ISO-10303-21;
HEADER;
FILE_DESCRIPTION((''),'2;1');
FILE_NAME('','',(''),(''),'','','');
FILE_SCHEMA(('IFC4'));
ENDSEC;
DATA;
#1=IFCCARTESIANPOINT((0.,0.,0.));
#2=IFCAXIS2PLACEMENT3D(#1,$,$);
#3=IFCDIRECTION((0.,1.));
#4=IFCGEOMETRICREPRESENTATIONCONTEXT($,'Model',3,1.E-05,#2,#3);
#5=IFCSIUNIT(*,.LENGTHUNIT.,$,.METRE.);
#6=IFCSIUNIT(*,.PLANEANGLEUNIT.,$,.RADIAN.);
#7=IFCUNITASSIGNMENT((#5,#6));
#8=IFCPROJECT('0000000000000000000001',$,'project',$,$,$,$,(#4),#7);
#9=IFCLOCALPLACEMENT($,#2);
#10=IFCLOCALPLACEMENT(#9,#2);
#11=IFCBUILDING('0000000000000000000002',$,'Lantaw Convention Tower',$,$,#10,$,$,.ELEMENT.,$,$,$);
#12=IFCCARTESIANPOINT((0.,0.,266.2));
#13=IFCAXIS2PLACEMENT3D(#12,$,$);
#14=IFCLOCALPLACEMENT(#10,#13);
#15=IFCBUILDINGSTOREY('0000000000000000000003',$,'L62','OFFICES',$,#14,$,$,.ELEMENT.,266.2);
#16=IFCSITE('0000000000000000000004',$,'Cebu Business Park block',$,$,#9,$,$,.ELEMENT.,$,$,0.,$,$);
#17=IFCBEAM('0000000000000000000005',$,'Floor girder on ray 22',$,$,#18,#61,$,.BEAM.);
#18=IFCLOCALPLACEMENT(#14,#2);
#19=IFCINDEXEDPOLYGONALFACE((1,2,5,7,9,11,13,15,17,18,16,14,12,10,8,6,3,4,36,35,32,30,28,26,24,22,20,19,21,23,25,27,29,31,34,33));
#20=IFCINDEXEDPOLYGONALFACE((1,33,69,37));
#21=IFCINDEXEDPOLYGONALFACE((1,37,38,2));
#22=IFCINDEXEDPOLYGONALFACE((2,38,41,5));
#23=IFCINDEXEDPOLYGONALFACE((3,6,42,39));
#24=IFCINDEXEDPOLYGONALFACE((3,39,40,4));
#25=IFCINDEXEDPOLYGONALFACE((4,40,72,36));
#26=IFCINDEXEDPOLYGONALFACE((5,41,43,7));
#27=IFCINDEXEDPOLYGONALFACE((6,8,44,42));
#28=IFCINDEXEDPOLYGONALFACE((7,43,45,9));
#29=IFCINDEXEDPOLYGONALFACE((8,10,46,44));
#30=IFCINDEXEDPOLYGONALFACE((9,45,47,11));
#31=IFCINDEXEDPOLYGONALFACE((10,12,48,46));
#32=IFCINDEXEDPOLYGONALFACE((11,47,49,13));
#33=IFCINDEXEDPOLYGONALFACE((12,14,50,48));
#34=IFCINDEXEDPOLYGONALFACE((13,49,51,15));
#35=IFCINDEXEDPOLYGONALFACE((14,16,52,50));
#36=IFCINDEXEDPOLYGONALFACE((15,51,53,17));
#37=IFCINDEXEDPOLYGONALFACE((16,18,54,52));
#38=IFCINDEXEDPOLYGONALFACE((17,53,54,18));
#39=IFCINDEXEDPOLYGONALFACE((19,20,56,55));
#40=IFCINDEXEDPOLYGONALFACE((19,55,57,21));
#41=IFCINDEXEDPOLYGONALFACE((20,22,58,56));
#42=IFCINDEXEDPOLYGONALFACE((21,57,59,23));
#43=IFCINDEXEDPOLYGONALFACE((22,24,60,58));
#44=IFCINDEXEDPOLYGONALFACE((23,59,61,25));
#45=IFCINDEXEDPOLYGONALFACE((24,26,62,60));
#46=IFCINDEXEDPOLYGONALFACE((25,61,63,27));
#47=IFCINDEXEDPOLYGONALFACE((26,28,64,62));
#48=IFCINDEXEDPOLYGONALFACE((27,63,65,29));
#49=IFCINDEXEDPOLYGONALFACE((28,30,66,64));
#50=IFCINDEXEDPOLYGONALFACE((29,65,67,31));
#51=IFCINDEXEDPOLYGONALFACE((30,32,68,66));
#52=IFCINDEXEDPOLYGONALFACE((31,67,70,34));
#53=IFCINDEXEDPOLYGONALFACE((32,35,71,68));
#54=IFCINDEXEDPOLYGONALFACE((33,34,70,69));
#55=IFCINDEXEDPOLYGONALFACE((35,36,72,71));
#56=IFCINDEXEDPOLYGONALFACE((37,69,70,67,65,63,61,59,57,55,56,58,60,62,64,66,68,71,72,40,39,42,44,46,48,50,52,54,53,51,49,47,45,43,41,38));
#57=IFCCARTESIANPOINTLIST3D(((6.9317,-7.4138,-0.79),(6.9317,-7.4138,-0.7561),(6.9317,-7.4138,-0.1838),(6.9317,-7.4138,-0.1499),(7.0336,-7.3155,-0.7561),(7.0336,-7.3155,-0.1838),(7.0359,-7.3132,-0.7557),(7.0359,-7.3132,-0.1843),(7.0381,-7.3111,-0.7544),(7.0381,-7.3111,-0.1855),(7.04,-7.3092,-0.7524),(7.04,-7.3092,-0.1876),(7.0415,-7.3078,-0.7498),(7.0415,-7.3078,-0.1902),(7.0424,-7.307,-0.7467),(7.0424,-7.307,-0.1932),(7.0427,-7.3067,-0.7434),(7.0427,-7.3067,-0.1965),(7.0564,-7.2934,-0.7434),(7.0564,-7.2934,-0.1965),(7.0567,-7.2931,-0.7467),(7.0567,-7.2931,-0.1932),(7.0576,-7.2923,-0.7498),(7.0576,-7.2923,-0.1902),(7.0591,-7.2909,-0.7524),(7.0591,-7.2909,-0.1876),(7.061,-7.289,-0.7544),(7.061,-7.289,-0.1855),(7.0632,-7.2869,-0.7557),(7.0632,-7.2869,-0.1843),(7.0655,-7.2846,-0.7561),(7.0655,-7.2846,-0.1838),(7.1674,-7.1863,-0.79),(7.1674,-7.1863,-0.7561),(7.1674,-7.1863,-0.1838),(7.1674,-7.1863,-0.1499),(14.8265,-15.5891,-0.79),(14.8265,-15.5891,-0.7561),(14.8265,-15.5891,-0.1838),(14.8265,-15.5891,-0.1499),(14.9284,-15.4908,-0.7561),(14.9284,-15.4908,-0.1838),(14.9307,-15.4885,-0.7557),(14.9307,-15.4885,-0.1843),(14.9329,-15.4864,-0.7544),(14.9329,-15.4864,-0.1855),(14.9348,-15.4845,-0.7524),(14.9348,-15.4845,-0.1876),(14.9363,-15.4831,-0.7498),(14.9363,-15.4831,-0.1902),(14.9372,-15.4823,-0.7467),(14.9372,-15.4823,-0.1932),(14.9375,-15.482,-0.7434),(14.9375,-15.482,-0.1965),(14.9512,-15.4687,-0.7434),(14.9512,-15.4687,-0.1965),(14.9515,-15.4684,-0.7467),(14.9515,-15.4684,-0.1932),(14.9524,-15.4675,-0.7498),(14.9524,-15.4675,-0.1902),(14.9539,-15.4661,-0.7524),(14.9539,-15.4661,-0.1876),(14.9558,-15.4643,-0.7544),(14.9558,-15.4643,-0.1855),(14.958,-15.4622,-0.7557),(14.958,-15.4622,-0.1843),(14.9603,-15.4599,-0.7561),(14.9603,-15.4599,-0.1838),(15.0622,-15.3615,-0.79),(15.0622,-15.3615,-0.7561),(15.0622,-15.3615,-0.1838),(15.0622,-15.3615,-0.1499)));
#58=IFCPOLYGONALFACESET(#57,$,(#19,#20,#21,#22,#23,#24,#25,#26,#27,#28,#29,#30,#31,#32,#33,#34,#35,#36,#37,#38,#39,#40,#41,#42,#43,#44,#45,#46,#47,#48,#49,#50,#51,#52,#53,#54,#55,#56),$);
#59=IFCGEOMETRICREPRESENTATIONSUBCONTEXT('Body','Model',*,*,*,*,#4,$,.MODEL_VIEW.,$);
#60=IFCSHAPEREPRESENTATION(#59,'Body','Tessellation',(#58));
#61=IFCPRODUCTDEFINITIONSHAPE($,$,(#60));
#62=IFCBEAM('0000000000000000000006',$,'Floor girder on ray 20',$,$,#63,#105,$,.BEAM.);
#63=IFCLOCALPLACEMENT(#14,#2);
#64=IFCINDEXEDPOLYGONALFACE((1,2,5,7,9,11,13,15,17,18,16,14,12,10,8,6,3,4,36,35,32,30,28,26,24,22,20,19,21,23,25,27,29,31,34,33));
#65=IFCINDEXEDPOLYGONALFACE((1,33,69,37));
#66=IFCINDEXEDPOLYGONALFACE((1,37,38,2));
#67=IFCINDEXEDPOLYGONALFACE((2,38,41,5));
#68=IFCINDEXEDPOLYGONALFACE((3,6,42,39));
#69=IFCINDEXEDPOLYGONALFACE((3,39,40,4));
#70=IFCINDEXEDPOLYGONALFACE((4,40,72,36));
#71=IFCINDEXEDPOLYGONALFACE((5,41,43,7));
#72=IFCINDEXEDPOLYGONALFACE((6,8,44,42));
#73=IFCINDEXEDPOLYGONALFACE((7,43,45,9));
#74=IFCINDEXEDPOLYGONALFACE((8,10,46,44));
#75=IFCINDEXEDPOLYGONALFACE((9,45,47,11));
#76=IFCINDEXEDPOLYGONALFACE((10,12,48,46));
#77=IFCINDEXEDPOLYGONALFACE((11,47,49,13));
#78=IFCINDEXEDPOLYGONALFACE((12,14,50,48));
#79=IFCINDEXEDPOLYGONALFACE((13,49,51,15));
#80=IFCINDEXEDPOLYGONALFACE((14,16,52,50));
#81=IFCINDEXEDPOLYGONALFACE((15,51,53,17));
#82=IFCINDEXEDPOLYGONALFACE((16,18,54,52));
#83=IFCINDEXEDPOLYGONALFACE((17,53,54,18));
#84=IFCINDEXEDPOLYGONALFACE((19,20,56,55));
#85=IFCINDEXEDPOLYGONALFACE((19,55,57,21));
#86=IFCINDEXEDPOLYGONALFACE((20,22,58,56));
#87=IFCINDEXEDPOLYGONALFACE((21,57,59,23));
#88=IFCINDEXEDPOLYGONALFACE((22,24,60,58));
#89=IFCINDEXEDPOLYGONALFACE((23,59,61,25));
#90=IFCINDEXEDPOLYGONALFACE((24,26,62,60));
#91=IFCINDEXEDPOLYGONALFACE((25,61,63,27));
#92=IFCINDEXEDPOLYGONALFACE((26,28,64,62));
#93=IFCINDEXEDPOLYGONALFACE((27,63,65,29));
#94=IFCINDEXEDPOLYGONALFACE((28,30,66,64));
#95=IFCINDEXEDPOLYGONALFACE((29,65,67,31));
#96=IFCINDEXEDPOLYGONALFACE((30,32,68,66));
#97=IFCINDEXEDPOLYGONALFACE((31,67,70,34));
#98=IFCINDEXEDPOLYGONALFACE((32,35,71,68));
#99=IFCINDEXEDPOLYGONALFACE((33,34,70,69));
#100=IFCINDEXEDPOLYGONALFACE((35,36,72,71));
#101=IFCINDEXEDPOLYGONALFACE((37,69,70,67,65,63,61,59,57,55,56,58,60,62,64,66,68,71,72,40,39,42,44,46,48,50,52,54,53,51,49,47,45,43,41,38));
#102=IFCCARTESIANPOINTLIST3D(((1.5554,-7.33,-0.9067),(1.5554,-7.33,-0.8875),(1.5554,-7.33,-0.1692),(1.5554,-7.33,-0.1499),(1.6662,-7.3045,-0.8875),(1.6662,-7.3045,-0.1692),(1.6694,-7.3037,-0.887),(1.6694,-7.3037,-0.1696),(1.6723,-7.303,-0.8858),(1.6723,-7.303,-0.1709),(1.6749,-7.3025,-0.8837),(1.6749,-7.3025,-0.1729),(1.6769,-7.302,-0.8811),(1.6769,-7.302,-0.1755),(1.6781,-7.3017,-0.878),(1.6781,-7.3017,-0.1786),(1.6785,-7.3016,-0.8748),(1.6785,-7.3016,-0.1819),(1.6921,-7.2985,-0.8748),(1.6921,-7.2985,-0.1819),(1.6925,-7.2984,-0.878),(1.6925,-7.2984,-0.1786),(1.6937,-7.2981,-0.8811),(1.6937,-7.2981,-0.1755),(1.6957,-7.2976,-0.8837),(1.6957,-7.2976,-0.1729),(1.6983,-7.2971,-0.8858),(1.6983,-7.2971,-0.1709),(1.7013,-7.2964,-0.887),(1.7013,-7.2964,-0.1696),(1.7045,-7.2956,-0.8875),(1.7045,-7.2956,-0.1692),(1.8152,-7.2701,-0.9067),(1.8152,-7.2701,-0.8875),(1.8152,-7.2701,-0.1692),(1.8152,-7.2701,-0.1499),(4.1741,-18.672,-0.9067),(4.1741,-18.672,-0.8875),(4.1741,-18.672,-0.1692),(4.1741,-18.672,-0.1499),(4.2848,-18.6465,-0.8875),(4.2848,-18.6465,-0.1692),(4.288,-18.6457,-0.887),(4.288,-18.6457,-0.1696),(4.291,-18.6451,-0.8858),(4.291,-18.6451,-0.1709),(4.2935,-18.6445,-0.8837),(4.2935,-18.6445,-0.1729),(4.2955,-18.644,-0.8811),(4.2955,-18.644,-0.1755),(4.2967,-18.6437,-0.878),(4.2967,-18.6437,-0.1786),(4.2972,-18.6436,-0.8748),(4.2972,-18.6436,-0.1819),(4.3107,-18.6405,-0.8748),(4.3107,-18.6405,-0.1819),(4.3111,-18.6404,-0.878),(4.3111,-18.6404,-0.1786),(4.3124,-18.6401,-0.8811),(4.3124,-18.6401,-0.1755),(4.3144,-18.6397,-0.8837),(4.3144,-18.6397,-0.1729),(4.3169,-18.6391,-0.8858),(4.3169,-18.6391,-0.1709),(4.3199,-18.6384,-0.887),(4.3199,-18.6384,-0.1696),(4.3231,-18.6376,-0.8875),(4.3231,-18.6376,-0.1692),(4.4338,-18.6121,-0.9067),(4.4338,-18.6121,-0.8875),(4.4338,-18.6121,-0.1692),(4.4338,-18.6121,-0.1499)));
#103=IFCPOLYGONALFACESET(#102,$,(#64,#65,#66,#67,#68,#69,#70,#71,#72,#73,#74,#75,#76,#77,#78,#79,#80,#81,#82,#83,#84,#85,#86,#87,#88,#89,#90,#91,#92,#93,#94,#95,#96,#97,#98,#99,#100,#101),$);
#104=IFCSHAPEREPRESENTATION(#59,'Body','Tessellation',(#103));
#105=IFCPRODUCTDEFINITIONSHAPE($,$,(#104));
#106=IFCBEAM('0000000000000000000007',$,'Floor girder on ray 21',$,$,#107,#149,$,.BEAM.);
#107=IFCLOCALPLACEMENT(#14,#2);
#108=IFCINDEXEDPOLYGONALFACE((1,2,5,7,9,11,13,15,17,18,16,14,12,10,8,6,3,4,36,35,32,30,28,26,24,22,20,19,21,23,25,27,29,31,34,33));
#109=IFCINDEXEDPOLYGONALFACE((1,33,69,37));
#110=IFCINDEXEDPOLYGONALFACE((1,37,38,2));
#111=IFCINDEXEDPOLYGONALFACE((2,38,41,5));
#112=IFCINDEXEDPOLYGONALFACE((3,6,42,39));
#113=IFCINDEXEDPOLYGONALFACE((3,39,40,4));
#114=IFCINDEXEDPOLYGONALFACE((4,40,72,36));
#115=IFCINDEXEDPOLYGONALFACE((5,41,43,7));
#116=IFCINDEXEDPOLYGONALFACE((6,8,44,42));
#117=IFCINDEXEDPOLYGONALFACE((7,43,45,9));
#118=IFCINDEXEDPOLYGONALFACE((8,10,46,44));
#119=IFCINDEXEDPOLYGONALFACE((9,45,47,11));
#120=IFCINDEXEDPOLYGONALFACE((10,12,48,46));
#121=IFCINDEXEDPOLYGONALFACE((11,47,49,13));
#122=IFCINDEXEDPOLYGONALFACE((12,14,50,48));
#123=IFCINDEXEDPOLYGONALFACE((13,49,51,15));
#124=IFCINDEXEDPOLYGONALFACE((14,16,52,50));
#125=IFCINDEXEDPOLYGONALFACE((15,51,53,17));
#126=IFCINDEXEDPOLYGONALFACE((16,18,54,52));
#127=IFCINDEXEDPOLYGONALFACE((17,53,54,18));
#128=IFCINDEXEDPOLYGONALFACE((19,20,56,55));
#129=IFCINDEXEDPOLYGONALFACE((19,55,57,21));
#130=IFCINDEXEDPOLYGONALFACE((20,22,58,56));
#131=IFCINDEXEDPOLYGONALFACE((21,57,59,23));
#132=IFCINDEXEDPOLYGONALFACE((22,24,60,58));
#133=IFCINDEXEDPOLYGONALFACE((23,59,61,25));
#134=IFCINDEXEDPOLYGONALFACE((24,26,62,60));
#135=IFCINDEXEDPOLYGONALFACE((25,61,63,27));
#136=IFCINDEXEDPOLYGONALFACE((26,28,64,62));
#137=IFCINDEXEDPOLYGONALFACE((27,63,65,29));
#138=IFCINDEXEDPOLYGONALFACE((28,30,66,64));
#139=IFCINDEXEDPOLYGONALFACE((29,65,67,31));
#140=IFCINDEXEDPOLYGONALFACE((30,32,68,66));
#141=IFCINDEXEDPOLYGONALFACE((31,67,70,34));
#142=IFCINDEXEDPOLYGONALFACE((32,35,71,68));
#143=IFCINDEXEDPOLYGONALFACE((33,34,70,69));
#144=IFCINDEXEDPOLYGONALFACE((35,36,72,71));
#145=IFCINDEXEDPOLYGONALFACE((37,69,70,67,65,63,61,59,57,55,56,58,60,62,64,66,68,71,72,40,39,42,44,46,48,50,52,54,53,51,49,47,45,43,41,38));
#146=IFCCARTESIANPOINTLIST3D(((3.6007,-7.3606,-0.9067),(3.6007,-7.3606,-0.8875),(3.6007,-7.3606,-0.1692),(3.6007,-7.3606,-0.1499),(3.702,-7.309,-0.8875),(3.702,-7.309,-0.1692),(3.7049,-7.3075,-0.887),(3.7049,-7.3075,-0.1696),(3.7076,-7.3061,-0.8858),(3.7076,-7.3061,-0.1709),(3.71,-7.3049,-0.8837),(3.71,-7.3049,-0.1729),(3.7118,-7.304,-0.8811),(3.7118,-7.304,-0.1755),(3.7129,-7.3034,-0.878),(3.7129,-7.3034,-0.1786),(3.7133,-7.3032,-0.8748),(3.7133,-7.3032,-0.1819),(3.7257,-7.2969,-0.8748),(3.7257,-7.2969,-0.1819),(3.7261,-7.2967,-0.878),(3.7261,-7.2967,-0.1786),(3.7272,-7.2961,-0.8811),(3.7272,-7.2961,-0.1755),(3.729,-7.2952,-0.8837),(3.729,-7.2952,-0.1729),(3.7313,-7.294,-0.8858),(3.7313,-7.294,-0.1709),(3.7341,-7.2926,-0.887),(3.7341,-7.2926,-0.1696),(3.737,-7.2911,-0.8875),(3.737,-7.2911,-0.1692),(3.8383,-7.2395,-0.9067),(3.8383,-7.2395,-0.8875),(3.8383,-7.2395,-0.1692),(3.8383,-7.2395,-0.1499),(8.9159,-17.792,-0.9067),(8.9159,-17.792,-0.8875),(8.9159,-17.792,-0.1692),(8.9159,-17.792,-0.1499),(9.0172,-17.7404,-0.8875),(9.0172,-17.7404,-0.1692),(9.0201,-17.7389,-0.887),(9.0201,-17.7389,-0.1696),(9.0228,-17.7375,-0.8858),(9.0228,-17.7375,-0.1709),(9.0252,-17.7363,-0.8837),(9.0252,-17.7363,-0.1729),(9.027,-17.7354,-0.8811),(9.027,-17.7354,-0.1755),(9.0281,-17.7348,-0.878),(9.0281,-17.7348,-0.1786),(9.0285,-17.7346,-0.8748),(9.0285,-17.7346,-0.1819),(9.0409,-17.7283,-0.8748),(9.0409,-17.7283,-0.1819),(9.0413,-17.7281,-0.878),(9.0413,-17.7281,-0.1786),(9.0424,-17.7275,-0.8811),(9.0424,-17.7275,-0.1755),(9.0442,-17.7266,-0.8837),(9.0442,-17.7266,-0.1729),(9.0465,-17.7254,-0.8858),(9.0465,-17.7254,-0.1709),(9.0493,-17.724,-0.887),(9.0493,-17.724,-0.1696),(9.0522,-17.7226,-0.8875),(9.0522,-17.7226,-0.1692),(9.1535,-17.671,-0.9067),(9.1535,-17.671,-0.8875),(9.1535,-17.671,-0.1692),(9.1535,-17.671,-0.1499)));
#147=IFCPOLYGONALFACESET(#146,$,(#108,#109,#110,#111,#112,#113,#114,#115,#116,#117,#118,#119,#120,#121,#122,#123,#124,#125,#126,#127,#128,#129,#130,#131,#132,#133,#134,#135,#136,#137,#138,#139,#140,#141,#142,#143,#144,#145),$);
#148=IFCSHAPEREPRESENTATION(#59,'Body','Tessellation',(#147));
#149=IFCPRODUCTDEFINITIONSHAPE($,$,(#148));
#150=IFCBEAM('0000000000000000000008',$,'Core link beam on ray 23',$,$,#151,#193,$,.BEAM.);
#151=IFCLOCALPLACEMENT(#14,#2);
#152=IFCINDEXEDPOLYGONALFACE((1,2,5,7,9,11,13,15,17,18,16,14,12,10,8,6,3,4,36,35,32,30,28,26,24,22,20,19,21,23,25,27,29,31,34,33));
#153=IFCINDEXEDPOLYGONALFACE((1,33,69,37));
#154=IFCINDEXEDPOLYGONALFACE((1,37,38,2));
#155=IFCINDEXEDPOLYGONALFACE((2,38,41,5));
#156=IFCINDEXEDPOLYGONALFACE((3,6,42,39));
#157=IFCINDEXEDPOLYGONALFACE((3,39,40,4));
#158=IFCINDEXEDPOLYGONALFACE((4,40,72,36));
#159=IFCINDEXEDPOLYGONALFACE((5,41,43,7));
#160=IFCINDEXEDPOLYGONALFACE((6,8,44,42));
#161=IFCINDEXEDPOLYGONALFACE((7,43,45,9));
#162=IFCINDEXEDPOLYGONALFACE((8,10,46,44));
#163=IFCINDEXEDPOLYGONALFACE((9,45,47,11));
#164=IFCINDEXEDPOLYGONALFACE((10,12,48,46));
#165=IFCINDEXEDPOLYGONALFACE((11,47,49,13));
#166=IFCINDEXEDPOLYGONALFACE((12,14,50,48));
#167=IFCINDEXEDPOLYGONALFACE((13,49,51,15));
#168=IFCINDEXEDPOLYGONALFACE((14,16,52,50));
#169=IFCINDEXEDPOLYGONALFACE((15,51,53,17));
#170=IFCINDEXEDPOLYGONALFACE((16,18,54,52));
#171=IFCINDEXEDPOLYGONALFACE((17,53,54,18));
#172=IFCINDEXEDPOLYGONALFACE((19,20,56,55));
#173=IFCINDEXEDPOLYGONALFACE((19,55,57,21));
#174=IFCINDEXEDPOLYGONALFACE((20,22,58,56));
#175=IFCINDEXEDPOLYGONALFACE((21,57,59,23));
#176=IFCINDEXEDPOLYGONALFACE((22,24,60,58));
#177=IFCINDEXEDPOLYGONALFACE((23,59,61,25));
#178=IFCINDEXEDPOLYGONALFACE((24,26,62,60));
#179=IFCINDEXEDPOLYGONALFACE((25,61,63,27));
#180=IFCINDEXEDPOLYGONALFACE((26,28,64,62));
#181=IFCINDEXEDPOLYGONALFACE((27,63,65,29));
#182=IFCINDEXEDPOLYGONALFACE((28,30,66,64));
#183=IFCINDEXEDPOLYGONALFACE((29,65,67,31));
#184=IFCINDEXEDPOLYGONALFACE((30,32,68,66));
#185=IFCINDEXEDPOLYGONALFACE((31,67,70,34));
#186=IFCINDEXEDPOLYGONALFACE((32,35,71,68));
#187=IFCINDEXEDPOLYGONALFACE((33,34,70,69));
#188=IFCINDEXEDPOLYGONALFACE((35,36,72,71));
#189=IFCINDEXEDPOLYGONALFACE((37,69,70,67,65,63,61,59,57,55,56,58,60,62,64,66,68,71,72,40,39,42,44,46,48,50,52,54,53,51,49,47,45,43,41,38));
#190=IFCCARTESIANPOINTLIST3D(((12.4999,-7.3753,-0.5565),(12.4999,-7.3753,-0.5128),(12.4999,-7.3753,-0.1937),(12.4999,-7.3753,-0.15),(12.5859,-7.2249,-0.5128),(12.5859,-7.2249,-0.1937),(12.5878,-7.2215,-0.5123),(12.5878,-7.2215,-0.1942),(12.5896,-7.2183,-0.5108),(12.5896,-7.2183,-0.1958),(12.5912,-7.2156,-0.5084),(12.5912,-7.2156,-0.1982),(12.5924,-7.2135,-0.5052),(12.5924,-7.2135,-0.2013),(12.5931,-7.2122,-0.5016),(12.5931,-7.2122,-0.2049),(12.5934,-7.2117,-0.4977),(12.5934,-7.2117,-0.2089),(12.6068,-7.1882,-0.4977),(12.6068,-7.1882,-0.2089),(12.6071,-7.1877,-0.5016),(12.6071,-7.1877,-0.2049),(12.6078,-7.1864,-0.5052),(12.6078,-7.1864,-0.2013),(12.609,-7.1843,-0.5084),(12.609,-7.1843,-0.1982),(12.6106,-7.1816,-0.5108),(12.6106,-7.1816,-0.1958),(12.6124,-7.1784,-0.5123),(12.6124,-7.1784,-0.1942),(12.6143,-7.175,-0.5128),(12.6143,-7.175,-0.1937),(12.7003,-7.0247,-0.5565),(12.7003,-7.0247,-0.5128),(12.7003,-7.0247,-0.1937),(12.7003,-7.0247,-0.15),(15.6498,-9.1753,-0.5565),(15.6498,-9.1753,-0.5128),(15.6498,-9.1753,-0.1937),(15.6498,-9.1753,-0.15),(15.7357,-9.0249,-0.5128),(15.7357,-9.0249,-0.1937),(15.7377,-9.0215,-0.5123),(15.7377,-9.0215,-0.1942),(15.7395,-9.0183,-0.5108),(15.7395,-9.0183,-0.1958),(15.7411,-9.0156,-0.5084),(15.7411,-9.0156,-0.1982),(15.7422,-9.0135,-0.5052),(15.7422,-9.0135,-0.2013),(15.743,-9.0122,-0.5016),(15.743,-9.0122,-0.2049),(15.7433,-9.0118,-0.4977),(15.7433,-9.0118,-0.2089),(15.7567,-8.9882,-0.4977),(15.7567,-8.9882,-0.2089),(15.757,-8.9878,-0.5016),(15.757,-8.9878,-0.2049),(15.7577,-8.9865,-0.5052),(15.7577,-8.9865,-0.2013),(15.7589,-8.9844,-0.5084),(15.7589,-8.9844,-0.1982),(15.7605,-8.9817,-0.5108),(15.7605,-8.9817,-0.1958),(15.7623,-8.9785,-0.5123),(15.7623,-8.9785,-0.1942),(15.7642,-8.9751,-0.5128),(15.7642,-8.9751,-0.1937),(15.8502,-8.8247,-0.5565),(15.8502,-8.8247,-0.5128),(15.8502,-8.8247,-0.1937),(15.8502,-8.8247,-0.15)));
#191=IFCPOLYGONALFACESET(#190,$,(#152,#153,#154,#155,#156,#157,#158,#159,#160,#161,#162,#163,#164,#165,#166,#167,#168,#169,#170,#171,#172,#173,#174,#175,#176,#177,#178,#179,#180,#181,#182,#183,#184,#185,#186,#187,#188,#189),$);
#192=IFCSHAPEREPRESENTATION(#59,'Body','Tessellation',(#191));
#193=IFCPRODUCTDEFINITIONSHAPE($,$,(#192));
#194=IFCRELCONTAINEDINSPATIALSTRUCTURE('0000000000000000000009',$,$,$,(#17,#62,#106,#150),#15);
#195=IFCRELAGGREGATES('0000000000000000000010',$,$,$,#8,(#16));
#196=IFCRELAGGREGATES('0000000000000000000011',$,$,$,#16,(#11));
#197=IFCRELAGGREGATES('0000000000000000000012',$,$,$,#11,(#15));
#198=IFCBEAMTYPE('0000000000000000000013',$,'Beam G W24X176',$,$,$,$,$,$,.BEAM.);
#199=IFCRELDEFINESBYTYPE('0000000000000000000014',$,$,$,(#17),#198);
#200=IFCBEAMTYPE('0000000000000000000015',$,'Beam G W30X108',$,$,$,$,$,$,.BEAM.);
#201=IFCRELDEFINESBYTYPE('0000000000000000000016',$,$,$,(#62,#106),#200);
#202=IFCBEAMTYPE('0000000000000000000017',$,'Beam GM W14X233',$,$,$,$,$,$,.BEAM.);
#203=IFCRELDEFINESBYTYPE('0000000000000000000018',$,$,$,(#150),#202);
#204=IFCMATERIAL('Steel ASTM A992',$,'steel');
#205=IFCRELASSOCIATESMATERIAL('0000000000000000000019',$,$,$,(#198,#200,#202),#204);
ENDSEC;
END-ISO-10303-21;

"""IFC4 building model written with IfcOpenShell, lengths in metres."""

from ifc_helpers import new_model, si_unit, direction, frame, origin, origin_2d, place, context, subcontext, project, spatial, i_section, extrude, material, material_profile, profile_set, type_object, element, save


model = new_model("IFC4")

# Units and contexts
model_context = context("Model", 3, precision=1e-05, world=origin(), true_north=direction((0.0, 1.0)))
body_context = subcontext(model_context, "Body", "Model", "MODEL_VIEW")
ifc_project = project(units=[si_unit("LENGTHUNIT", "METRE"), si_unit("PLANEANGLEUNIT", "RADIAN")], contexts=[model_context])

# Site, building, storey
site_placement = place(None, origin())
site = spatial("IfcSite", under=ifc_project, at=site_placement, Name="Cebu Business Park block", CompositionType="ELEMENT", RefElevation=0.0)
building_placement = place(site_placement, origin())
building = spatial("IfcBuilding", under=site, at=building_placement, Name="Lantaw Convention Tower", CompositionType="ELEMENT")
storey_placement = place(building_placement, frame((0.0, 0.0, 266.2)))
storey = spatial("IfcBuildingStorey", under=building, at=storey_placement, Name="L62", Description="OFFICES", CompositionType="ELEMENT", Elevation=266.2)

# Beams
ifc_material_1 = material(Name="Steel ASTM A992", Category="steel")
ifc_material_profile_1 = material_profile(ifc_material_1, i_section(OverallWidth=0.3276, OverallDepth=0.6401, WebThickness=0.019, FlangeThickness=0.0339, FilletRadius=0.0127, at=origin_2d()), Name="W24X176")
ifc_profile_set_1 = profile_set([ifc_material_profile_1], Name="Steel ASTM A992")
beam_type_1 = type_object("IfcBeamType", Name="Beam G W24X176", PredefinedType="BEAM", material=ifc_profile_set_1)
beam_1_placement = place(storey_placement, frame((7.0496, -7.3, -0.47), z_axis=(0.694658, -0.71934, 0.0), x_axis=(0.71934, 0.694658, 0.0)))
element("IfcBeam", 1, at=beam_1_placement, inside=storey, type_object=beam_type_1, Name="Floor girder on ray 22", PredefinedType="BEAM", context=body_context, shape_type="SweptSolid", body=[
    extrude(i_section(OverallWidth=0.3276, OverallDepth=0.6401, WebThickness=0.019, FlangeThickness=0.0339, FilletRadius=0.0127, at=origin_2d()), origin(), (0.0, 0.0, 1.0), 11.365),
])
ifc_material_profile_2 = material_profile(ifc_material_1, i_section(OverallWidth=0.2666, OverallDepth=0.7568, WebThickness=0.0139, FlangeThickness=0.0193, FilletRadius=0.0127, at=origin_2d()), Name="W30X108")
ifc_profile_set_2 = profile_set([ifc_material_profile_2], Name="Steel ASTM A992")
beam_type_2 = type_object("IfcBeamType", Name="Beam G W30X108", PredefinedType="BEAM", material=ifc_profile_set_2)
beam_2_placement = place(storey_placement, frame((1.6853, -7.3, -0.5283), z_axis=(0.224962, -0.974368, 0.0), x_axis=(0.974368, 0.224962, 0.0)))
element("IfcBeam", 2, at=beam_2_placement, inside=storey, type_object=beam_type_2, Name="Floor girder on ray 20", PredefinedType="BEAM", context=body_context, shape_type="SweptSolid", body=[
    extrude(i_section(OverallWidth=0.2666, OverallDepth=0.7568, WebThickness=0.0139, FlangeThickness=0.0193, FilletRadius=0.0127, at=origin_2d()), origin(), (0.0, 0.0, 1.0), 11.6404),
])
beam_3_placement = place(storey_placement, frame((3.7195, -7.3, -0.5283), z_axis=(0.453999, -0.891002, 0.0), x_axis=(0.891002, 0.453999, 0.0)))
element("IfcBeam", 3, at=beam_3_placement, inside=storey, type_object=beam_type_2, Name="Floor girder on ray 21", PredefinedType="BEAM", context=body_context, shape_type="SweptSolid", body=[
    extrude(i_section(OverallWidth=0.2666, OverallDepth=0.7568, WebThickness=0.0139, FlangeThickness=0.0193, FilletRadius=0.0127, at=origin_2d()), origin(), (0.0, 0.0, 1.0), 11.7075),
])
ifc_material_profile_3 = material_profile(ifc_material_1, i_section(OverallWidth=0.4038, OverallDepth=0.4065, WebThickness=0.0271, FlangeThickness=0.0437, FilletRadius=0.0151, at=origin_2d()), Name="W14X233")
ifc_profile_set_3 = profile_set([ifc_material_profile_3], Name="Steel ASTM A992")
beam_type_3 = type_object("IfcBeamType", Name="Beam GM W14X233", PredefinedType="BEAM", material=ifc_profile_set_3)
beam_4_placement = place(storey_placement, frame((12.6001, -7.2, -0.3533), z_axis=(0.868231, -0.496161, 0.0), x_axis=(0.496161, 0.868231, 0.0)))
element("IfcBeam", 4, at=beam_4_placement, inside=storey, type_object=beam_type_3, Name="Core link beam on ray 23", PredefinedType="BEAM", context=body_context, shape_type="SweptSolid", body=[
    extrude(i_section(OverallWidth=0.4038, OverallDepth=0.4065, WebThickness=0.0271, FlangeThickness=0.0437, FilletRadius=0.0151, at=origin_2d()), origin(), (0.0, 0.0, 1.0), 3.6279),
])

save(model, "model.ifc")
